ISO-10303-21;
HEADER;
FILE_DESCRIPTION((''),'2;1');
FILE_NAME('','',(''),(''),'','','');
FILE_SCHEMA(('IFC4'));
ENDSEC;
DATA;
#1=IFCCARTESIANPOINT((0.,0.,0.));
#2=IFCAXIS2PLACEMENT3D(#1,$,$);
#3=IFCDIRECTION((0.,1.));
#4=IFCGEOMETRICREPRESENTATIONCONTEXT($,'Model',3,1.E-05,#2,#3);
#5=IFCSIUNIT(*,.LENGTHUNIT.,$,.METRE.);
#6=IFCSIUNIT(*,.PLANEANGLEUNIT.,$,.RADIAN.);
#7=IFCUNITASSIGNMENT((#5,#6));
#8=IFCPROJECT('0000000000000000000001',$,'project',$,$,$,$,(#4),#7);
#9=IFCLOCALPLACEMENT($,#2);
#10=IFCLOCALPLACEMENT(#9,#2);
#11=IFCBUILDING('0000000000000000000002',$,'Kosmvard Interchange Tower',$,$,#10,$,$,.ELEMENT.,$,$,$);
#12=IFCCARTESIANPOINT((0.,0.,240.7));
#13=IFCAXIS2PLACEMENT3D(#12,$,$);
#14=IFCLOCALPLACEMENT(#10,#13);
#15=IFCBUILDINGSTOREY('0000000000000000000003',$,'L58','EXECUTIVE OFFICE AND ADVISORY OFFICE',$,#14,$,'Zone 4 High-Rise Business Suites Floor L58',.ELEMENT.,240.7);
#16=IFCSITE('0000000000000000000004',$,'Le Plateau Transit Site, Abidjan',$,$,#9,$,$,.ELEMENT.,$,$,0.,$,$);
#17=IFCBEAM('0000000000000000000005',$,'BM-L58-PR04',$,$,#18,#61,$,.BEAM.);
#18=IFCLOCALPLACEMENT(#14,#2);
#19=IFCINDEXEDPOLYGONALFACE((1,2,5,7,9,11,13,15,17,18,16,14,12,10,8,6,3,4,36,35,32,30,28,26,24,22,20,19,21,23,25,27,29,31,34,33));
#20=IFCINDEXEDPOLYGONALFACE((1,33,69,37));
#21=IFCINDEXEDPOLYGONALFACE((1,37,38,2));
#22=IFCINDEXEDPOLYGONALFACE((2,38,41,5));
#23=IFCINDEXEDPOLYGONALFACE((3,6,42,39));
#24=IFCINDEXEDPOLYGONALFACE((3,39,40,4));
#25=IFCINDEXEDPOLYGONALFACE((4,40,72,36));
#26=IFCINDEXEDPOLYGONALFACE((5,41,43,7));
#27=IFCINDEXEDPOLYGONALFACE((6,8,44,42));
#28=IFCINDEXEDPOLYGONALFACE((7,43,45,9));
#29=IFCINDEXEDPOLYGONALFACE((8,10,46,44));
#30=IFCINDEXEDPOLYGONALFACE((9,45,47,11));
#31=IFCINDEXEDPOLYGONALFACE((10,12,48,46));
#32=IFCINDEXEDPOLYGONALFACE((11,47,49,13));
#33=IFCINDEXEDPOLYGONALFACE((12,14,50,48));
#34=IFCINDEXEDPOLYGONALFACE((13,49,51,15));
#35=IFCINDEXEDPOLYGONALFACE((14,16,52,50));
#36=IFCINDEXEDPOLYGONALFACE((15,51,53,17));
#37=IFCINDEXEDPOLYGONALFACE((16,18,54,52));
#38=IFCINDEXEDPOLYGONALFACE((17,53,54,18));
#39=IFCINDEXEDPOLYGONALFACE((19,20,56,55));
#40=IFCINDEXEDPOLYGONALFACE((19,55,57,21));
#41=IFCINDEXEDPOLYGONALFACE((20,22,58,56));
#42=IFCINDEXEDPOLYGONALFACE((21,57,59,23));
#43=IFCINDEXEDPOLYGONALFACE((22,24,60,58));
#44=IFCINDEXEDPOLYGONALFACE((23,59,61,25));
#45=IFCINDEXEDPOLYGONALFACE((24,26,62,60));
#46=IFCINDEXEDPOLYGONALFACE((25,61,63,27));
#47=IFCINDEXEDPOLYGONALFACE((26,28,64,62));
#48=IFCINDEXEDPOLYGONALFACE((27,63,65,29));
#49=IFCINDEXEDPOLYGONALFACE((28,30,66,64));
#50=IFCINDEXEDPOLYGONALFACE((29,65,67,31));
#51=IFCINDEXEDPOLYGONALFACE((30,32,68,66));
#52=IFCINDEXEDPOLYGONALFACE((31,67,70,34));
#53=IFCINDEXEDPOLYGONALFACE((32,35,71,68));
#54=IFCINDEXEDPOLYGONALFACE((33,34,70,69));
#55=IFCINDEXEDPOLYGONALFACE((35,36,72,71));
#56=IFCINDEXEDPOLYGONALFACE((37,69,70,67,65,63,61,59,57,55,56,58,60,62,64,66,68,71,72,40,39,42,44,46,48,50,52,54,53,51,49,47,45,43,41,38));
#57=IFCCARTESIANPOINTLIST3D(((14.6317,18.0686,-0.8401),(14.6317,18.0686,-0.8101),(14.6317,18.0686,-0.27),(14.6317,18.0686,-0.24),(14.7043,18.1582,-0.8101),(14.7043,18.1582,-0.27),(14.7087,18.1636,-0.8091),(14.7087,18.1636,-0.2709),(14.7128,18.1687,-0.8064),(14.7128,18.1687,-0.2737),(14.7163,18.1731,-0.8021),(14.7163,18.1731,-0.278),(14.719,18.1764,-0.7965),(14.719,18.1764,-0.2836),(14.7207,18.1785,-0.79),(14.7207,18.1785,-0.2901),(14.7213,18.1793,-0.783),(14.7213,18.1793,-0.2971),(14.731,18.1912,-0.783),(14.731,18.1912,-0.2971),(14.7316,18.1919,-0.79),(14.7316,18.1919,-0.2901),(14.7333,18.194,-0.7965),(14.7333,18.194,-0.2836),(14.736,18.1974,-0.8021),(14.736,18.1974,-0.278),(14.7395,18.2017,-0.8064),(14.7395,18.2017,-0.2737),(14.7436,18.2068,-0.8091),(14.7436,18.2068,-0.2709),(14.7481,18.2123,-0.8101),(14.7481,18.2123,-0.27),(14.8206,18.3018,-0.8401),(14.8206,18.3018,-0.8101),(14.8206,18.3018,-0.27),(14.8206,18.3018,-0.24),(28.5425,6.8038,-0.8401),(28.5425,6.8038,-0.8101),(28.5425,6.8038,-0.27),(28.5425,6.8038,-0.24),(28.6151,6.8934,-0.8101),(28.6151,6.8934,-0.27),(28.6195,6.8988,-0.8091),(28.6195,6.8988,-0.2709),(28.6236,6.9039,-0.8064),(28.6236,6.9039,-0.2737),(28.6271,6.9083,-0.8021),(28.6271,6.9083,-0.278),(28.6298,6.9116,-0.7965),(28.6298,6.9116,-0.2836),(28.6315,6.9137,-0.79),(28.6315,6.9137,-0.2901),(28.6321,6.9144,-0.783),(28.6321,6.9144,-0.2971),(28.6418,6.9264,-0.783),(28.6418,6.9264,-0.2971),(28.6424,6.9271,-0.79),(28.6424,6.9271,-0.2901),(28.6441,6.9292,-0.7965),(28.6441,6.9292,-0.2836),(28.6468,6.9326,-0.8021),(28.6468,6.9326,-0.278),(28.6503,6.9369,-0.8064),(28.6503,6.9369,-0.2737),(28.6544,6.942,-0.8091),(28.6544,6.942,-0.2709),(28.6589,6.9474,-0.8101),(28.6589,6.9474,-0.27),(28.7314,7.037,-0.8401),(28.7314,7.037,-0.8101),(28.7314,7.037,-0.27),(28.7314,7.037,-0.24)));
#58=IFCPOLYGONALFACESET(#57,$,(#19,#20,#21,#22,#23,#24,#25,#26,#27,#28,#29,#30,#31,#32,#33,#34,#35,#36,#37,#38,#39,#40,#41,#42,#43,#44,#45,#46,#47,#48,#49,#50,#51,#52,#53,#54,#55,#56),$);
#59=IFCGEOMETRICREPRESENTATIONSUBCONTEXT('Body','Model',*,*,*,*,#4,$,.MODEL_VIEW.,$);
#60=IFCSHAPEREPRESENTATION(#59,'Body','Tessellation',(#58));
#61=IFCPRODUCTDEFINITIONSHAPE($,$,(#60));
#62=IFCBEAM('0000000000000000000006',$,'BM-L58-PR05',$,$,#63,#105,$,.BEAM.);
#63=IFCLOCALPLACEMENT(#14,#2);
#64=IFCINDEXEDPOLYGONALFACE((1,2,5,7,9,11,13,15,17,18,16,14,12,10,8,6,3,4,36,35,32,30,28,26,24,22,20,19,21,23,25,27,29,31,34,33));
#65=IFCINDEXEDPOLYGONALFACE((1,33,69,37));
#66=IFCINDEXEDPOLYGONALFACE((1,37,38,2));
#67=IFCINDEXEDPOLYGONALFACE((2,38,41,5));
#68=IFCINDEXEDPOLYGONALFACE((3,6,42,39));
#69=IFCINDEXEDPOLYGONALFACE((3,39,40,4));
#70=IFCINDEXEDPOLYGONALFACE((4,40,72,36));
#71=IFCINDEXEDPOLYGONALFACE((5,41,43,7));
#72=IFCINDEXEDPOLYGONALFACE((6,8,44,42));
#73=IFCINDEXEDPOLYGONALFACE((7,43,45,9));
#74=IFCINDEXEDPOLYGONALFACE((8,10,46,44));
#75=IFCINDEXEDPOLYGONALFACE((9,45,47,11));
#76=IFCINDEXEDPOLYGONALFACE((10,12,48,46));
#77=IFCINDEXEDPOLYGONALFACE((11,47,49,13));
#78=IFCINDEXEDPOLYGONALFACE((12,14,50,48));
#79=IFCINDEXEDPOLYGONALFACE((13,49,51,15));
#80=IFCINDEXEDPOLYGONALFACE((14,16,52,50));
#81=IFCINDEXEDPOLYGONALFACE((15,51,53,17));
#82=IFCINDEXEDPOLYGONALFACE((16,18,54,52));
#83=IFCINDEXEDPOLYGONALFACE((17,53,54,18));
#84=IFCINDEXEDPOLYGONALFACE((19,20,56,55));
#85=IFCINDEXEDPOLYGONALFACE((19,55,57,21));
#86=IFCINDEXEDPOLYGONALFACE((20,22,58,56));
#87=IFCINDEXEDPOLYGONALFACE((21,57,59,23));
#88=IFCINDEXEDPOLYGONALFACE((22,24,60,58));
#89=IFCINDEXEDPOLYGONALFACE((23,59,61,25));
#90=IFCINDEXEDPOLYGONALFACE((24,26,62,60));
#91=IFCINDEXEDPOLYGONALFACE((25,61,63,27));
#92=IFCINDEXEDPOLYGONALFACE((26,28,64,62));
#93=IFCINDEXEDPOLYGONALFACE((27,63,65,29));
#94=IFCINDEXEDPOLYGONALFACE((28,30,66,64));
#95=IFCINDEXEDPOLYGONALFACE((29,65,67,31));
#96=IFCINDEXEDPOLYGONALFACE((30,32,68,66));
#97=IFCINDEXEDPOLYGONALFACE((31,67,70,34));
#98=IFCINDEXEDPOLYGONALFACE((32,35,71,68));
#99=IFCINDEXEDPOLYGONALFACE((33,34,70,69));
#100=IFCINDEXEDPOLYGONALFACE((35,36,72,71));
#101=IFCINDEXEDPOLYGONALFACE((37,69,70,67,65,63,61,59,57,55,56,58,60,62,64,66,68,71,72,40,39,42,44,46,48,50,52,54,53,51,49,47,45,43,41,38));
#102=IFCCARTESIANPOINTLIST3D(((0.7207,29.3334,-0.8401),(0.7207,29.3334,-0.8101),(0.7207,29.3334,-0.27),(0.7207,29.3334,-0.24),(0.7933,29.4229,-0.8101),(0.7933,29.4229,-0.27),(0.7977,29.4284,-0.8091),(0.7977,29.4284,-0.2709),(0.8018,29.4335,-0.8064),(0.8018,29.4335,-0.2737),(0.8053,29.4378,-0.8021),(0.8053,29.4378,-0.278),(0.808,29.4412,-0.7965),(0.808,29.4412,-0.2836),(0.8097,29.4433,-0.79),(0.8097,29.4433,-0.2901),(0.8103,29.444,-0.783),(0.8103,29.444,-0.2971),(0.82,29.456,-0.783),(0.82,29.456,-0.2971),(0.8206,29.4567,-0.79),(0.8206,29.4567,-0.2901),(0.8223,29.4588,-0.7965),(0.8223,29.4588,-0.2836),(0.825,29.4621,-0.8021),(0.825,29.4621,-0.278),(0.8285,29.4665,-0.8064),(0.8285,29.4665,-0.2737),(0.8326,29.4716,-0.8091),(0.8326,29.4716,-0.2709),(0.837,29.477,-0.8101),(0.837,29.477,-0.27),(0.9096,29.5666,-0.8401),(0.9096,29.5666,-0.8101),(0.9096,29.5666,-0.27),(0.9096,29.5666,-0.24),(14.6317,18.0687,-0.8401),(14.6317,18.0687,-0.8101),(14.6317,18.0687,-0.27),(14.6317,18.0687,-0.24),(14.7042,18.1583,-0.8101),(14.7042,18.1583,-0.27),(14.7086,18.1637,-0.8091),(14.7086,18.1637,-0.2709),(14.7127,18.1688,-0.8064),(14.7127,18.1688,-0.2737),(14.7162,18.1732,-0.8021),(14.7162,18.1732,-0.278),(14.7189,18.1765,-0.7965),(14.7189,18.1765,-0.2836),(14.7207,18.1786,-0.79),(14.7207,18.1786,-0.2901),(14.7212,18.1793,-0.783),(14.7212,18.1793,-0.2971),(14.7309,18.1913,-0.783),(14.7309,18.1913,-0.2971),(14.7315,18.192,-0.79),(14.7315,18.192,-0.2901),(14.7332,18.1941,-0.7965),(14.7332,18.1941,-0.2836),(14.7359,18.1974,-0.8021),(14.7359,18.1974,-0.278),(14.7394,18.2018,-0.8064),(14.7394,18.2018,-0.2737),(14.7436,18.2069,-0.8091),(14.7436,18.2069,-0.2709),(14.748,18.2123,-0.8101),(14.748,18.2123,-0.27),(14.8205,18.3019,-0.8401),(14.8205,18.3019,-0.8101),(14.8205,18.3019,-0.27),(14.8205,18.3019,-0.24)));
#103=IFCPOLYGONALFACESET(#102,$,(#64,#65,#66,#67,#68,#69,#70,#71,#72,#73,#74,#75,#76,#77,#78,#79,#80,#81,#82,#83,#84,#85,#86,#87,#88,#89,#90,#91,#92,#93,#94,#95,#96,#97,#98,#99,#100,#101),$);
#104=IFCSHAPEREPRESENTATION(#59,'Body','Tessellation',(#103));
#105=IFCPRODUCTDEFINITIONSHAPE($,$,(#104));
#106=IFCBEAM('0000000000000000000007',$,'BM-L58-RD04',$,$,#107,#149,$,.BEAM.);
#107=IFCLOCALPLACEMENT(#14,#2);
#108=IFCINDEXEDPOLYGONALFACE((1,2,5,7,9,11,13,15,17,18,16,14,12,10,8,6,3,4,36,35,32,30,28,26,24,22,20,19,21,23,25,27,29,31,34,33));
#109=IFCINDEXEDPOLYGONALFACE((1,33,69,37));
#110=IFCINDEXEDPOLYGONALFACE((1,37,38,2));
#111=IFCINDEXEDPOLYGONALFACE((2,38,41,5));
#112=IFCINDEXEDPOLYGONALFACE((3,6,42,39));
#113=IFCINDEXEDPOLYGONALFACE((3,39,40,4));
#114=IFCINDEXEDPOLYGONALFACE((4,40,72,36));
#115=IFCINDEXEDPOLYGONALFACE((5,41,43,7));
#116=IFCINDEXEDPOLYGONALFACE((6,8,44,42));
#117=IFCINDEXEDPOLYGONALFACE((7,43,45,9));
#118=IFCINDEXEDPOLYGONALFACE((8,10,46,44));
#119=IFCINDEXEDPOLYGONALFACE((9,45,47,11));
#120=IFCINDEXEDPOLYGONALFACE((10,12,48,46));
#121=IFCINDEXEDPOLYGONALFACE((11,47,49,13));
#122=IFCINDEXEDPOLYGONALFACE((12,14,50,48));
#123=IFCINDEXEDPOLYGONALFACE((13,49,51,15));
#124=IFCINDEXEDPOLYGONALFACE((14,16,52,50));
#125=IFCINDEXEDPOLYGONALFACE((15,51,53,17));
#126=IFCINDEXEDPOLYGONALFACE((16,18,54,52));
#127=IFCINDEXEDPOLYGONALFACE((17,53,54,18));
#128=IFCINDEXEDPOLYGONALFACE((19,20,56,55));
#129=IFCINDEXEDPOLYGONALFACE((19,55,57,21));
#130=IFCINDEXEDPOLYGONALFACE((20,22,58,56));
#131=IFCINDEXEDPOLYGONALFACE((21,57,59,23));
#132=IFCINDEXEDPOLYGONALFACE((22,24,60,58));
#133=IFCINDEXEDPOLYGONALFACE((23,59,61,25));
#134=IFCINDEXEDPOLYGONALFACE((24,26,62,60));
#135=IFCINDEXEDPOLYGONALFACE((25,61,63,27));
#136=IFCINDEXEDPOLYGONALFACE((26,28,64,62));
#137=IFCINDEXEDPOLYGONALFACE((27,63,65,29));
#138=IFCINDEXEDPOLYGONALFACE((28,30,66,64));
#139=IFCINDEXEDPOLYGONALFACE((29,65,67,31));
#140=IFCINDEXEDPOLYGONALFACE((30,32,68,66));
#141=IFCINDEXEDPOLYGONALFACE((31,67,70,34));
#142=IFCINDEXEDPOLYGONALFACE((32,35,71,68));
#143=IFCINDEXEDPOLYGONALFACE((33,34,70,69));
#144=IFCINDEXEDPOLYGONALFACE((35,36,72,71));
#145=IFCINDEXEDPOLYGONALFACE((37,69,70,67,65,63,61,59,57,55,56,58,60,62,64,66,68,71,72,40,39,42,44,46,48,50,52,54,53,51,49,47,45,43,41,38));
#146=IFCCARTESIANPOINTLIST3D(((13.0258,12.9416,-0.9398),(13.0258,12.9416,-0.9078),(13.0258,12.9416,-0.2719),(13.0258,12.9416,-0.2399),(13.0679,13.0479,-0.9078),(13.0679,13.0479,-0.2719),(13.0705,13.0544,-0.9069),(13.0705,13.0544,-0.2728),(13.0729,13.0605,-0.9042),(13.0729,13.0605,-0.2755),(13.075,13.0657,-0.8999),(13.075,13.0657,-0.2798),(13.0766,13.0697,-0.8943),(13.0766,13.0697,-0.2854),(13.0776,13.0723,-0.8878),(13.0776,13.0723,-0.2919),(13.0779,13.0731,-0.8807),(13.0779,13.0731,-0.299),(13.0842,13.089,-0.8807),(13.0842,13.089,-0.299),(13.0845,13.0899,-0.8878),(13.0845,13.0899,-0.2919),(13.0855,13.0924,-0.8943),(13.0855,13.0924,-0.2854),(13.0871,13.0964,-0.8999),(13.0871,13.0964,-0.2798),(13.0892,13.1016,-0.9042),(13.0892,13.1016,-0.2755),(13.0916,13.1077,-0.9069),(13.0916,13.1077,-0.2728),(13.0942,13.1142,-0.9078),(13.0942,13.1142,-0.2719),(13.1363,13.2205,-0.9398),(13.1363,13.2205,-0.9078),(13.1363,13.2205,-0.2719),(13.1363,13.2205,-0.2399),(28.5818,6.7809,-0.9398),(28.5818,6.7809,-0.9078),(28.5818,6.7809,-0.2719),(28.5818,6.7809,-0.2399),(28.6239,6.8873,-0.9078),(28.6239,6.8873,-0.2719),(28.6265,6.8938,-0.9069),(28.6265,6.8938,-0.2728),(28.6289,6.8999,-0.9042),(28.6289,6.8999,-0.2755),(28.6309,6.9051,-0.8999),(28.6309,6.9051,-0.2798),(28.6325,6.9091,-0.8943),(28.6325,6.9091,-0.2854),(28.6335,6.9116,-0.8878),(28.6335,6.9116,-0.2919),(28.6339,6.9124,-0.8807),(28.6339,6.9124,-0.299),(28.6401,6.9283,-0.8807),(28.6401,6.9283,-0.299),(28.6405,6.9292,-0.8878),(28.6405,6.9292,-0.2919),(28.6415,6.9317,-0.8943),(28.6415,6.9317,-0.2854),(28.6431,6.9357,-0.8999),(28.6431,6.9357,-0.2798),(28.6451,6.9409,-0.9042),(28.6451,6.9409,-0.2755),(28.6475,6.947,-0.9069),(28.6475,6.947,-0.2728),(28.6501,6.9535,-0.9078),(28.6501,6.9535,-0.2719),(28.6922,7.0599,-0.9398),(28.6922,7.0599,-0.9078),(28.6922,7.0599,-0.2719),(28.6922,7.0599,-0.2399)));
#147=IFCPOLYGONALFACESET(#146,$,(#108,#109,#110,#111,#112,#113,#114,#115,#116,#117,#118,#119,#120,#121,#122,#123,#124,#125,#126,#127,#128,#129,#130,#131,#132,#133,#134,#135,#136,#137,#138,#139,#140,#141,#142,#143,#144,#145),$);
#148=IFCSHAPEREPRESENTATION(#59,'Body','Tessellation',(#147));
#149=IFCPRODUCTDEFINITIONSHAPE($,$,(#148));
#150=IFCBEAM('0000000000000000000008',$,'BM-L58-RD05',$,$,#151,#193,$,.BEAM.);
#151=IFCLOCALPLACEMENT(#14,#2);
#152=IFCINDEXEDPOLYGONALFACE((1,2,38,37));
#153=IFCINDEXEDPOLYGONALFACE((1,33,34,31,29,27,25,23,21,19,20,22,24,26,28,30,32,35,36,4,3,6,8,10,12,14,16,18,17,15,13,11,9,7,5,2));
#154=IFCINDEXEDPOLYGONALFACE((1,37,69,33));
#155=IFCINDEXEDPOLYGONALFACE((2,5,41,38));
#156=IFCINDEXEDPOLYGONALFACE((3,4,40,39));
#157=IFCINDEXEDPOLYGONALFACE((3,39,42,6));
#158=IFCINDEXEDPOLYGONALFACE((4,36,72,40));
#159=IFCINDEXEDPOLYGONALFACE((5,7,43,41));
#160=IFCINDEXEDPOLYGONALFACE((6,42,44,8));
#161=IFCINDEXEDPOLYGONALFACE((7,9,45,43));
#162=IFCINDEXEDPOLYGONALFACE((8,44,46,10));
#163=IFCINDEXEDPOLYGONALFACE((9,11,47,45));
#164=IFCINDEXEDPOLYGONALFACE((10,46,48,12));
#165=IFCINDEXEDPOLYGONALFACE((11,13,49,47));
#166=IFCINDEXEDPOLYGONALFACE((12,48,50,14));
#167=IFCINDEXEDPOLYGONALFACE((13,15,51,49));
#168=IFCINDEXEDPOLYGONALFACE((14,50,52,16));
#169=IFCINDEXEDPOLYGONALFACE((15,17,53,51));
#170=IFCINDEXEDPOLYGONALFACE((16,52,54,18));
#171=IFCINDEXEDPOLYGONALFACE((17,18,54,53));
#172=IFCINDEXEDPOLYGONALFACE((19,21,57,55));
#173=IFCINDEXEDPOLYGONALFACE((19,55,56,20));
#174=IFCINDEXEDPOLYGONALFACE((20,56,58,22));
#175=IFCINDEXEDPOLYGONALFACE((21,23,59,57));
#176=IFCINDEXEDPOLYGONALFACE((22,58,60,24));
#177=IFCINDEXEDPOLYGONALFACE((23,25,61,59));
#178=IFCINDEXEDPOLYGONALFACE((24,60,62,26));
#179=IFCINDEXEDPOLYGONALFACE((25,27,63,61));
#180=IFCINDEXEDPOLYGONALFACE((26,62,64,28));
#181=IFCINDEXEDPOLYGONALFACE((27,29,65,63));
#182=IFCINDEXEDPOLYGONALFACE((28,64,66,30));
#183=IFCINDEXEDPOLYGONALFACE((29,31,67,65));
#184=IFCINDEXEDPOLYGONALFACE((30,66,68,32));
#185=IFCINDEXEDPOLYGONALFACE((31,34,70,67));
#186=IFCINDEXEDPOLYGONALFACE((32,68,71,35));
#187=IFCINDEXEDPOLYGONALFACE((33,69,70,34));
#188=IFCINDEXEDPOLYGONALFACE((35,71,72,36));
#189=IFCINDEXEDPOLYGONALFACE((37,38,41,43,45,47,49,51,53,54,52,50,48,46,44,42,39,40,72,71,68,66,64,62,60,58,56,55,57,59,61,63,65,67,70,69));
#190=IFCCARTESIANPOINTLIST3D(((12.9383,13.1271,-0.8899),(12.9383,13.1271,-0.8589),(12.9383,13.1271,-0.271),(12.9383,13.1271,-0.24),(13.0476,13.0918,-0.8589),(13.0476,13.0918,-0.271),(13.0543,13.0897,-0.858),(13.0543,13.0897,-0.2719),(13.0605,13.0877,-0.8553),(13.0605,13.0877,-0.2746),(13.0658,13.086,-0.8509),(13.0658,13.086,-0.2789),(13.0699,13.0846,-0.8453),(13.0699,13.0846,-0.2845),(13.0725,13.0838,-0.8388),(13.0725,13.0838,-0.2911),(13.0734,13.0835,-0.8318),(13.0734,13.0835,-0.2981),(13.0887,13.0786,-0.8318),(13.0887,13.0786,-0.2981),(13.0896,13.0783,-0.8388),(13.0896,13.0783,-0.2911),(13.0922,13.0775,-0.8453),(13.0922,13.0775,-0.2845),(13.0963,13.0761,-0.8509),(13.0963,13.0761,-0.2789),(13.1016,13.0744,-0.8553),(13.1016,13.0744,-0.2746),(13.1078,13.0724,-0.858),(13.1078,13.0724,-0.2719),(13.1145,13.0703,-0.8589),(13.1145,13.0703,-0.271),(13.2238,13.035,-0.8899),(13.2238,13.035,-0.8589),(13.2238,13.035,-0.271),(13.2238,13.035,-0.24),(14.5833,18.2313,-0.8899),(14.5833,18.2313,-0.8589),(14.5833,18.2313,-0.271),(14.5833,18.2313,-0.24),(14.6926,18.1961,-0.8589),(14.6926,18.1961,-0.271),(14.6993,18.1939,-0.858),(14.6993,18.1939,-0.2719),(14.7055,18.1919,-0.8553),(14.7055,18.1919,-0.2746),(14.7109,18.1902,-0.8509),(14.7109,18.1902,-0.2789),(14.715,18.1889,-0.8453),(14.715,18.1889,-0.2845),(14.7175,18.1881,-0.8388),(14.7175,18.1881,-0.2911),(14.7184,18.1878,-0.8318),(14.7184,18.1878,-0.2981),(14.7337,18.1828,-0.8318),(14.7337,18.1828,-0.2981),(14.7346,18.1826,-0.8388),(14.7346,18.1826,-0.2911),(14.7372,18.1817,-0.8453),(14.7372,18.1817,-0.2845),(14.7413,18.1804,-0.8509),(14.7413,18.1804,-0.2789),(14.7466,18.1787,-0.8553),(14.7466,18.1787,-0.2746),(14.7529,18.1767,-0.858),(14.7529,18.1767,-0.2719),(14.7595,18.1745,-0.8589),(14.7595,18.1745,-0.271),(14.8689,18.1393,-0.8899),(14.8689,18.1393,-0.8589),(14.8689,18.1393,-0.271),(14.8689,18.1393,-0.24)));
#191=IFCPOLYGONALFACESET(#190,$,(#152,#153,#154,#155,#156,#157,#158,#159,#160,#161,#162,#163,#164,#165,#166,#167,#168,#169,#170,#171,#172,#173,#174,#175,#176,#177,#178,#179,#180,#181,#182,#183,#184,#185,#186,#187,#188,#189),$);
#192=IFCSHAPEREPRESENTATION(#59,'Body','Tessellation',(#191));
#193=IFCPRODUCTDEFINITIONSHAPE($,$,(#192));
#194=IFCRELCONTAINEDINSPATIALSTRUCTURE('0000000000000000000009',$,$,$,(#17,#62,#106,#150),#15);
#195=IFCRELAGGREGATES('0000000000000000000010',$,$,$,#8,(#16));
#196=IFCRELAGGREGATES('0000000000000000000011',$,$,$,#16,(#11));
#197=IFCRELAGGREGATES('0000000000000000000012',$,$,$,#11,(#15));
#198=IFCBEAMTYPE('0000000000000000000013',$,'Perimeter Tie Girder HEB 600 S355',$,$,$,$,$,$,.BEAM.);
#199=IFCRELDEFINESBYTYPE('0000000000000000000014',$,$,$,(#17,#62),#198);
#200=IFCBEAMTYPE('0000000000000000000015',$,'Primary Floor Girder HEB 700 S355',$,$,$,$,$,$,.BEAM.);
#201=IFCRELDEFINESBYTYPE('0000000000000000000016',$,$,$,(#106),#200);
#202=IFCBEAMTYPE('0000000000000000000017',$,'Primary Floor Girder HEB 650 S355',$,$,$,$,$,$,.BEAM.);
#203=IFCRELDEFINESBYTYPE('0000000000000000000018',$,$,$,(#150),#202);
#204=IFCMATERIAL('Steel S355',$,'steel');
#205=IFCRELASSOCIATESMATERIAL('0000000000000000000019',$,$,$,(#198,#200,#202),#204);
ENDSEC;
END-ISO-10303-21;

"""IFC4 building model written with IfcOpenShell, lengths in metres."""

from ifc_helpers import new_model, si_unit, direction, frame, origin, origin_2d, place, context, subcontext, project, spatial, i_section, extrude, source, transform, mapped, material, material_profile, profile_set, type_object, element, save


model = new_model("IFC4")

# Units and contexts
model_context = context("Model", 3, precision=1e-05, world=origin(), true_north=direction((0.0, 1.0)))
body_context = subcontext(model_context, "Body", "Model", "MODEL_VIEW")
ifc_project = project(units=[si_unit("LENGTHUNIT", "METRE"), si_unit("PLANEANGLEUNIT", "RADIAN")], contexts=[model_context])

# Site, building, storey
site_placement = place(None, origin())
site = spatial("IfcSite", under=ifc_project, at=site_placement, Name="Le Plateau Transit Site, Abidjan", CompositionType="ELEMENT", RefElevation=0.0)
building_placement = place(site_placement, origin())
building = spatial("IfcBuilding", under=site, at=building_placement, Name="Kosmvard Interchange Tower", CompositionType="ELEMENT")
storey_placement = place(building_placement, frame((0.0, 0.0, 240.7)))
storey = spatial("IfcBuildingStorey", under=building, at=storey_placement, Name="L58", Description="EXECUTIVE OFFICE AND ADVISORY OFFICE", LongName="Zone 4 High-Rise Business Suites Floor L58", CompositionType="ELEMENT", Elevation=240.7)

# Beams
ifc_material_1 = material(Name="Steel S355", Category="steel")
ifc_material_profile_1 = material_profile(ifc_material_1, i_section(OverallWidth=0.3, OverallDepth=0.6001, WebThickness=0.0154, FlangeThickness=0.03, FilletRadius=0.0271, at=origin_2d()), Name="HEB 600")
ifc_profile_set_1 = profile_set([ifc_material_profile_1], Name="Steel S355")
beam_type_1 = type_object("IfcBeamType", Name="Perimeter Tie Girder HEB 600 S355", PredefinedType="BEAM", material=ifc_profile_set_1)
shared_shape_1 = source(origin(), body_context, "Body", "SweptSolid", [
    extrude(i_section(OverallWidth=0.3, OverallDepth=0.6001, WebThickness=0.0154, FlangeThickness=0.03, FilletRadius=0.0271, at=origin_2d()), origin(), (0.0, 0.0, 1.0), 17.8999),
])
for number, where, z_axis, x_axis, name in (
    (1, (28.637, 6.9204, -0.54), (-0.777144, 0.629323, 0.0), (-0.629323, -0.777144, 0.0), "BM-L58-PR04"),
    (2, (14.7261, 18.1853, -0.54), (-0.777151, 0.629315, 0.0), (-0.629315, -0.777151, 0.0), "BM-L58-PR05"),
):
    element("IfcBeam", number, at=place(storey_placement, frame(where, z_axis=z_axis, x_axis=x_axis)), inside=storey, type_object=beam_type_1, Name=name, PredefinedType="BEAM", context=body_context, shape_type="MappedRepresentation", body=[
        mapped(shared_shape_1, transform((0.0, 0.0, 0.0), scale=1.0)),
    ])
ifc_material_profile_2 = material_profile(ifc_material_1, i_section(OverallWidth=0.3, OverallDepth=0.7, WebThickness=0.0171, FlangeThickness=0.032, FilletRadius=0.0271, at=origin_2d()), Name="HEB 700")
ifc_profile_set_2 = profile_set([ifc_material_profile_2], Name="Steel S355")
beam_type_2 = type_object("IfcBeamType", Name="Primary Floor Girder HEB 700 S355", PredefinedType="BEAM", material=ifc_profile_set_2)
shared_shape_2 = source(origin(), body_context, "Body", "SweptSolid", [
    extrude(i_section(OverallWidth=0.3, OverallDepth=0.7, WebThickness=0.0171, FlangeThickness=0.032, FilletRadius=0.0271, at=origin_2d()), origin(), (0.0, 0.0, 1.0), 16.7314),
])
beam_1_placement = place(storey_placement, frame((13.0811, 13.0811, -0.5898), z_axis=(0.929743, -0.368209, 0.0), x_axis=(0.368209, 0.929743, 0.0)))
element("IfcBeam", 3, at=beam_1_placement, inside=storey, type_object=beam_type_2, Name="BM-L58-RD04", PredefinedType="BEAM", context=body_context, shape_type="MappedRepresentation", body=[
    mapped(shared_shape_2, transform((0.0, 0.0, 0.0), scale=1.0)),
])
ifc_material_profile_3 = material_profile(ifc_material_1, i_section(OverallWidth=0.3, OverallDepth=0.6499, WebThickness=0.0161, FlangeThickness=0.031, FilletRadius=0.0271, at=origin_2d()), Name="HEB 650")
ifc_profile_set_3 = profile_set([ifc_material_profile_3], Name="Steel S355")
beam_type_3 = type_object("IfcBeamType", Name="Primary Floor Girder HEB 650 S355", PredefinedType="BEAM", material=ifc_profile_set_3)
shared_shape_3 = source(origin(), body_context, "Body", "SweptSolid", [
    extrude(i_section(OverallWidth=0.3, OverallDepth=0.6499, WebThickness=0.0161, FlangeThickness=0.031, FilletRadius=0.0271, at=origin_2d()), origin(), (0.0, 0.0, 1.0), 5.3628),
])
beam_2_placement = place(storey_placement, frame((13.0811, 13.0811, -0.5649), z_axis=(0.306747, 0.951791, 0.0), x_axis=(-0.951791, 0.306747, 0.0)))
element("IfcBeam", 4, at=beam_2_placement, inside=storey, type_object=beam_type_3, Name="BM-L58-RD05", PredefinedType="BEAM", context=body_context, shape_type="MappedRepresentation", body=[
    mapped(shared_shape_3, transform((0.0, 0.0, 0.0), scale=1.0)),
])

save(model, "model.ifc")
